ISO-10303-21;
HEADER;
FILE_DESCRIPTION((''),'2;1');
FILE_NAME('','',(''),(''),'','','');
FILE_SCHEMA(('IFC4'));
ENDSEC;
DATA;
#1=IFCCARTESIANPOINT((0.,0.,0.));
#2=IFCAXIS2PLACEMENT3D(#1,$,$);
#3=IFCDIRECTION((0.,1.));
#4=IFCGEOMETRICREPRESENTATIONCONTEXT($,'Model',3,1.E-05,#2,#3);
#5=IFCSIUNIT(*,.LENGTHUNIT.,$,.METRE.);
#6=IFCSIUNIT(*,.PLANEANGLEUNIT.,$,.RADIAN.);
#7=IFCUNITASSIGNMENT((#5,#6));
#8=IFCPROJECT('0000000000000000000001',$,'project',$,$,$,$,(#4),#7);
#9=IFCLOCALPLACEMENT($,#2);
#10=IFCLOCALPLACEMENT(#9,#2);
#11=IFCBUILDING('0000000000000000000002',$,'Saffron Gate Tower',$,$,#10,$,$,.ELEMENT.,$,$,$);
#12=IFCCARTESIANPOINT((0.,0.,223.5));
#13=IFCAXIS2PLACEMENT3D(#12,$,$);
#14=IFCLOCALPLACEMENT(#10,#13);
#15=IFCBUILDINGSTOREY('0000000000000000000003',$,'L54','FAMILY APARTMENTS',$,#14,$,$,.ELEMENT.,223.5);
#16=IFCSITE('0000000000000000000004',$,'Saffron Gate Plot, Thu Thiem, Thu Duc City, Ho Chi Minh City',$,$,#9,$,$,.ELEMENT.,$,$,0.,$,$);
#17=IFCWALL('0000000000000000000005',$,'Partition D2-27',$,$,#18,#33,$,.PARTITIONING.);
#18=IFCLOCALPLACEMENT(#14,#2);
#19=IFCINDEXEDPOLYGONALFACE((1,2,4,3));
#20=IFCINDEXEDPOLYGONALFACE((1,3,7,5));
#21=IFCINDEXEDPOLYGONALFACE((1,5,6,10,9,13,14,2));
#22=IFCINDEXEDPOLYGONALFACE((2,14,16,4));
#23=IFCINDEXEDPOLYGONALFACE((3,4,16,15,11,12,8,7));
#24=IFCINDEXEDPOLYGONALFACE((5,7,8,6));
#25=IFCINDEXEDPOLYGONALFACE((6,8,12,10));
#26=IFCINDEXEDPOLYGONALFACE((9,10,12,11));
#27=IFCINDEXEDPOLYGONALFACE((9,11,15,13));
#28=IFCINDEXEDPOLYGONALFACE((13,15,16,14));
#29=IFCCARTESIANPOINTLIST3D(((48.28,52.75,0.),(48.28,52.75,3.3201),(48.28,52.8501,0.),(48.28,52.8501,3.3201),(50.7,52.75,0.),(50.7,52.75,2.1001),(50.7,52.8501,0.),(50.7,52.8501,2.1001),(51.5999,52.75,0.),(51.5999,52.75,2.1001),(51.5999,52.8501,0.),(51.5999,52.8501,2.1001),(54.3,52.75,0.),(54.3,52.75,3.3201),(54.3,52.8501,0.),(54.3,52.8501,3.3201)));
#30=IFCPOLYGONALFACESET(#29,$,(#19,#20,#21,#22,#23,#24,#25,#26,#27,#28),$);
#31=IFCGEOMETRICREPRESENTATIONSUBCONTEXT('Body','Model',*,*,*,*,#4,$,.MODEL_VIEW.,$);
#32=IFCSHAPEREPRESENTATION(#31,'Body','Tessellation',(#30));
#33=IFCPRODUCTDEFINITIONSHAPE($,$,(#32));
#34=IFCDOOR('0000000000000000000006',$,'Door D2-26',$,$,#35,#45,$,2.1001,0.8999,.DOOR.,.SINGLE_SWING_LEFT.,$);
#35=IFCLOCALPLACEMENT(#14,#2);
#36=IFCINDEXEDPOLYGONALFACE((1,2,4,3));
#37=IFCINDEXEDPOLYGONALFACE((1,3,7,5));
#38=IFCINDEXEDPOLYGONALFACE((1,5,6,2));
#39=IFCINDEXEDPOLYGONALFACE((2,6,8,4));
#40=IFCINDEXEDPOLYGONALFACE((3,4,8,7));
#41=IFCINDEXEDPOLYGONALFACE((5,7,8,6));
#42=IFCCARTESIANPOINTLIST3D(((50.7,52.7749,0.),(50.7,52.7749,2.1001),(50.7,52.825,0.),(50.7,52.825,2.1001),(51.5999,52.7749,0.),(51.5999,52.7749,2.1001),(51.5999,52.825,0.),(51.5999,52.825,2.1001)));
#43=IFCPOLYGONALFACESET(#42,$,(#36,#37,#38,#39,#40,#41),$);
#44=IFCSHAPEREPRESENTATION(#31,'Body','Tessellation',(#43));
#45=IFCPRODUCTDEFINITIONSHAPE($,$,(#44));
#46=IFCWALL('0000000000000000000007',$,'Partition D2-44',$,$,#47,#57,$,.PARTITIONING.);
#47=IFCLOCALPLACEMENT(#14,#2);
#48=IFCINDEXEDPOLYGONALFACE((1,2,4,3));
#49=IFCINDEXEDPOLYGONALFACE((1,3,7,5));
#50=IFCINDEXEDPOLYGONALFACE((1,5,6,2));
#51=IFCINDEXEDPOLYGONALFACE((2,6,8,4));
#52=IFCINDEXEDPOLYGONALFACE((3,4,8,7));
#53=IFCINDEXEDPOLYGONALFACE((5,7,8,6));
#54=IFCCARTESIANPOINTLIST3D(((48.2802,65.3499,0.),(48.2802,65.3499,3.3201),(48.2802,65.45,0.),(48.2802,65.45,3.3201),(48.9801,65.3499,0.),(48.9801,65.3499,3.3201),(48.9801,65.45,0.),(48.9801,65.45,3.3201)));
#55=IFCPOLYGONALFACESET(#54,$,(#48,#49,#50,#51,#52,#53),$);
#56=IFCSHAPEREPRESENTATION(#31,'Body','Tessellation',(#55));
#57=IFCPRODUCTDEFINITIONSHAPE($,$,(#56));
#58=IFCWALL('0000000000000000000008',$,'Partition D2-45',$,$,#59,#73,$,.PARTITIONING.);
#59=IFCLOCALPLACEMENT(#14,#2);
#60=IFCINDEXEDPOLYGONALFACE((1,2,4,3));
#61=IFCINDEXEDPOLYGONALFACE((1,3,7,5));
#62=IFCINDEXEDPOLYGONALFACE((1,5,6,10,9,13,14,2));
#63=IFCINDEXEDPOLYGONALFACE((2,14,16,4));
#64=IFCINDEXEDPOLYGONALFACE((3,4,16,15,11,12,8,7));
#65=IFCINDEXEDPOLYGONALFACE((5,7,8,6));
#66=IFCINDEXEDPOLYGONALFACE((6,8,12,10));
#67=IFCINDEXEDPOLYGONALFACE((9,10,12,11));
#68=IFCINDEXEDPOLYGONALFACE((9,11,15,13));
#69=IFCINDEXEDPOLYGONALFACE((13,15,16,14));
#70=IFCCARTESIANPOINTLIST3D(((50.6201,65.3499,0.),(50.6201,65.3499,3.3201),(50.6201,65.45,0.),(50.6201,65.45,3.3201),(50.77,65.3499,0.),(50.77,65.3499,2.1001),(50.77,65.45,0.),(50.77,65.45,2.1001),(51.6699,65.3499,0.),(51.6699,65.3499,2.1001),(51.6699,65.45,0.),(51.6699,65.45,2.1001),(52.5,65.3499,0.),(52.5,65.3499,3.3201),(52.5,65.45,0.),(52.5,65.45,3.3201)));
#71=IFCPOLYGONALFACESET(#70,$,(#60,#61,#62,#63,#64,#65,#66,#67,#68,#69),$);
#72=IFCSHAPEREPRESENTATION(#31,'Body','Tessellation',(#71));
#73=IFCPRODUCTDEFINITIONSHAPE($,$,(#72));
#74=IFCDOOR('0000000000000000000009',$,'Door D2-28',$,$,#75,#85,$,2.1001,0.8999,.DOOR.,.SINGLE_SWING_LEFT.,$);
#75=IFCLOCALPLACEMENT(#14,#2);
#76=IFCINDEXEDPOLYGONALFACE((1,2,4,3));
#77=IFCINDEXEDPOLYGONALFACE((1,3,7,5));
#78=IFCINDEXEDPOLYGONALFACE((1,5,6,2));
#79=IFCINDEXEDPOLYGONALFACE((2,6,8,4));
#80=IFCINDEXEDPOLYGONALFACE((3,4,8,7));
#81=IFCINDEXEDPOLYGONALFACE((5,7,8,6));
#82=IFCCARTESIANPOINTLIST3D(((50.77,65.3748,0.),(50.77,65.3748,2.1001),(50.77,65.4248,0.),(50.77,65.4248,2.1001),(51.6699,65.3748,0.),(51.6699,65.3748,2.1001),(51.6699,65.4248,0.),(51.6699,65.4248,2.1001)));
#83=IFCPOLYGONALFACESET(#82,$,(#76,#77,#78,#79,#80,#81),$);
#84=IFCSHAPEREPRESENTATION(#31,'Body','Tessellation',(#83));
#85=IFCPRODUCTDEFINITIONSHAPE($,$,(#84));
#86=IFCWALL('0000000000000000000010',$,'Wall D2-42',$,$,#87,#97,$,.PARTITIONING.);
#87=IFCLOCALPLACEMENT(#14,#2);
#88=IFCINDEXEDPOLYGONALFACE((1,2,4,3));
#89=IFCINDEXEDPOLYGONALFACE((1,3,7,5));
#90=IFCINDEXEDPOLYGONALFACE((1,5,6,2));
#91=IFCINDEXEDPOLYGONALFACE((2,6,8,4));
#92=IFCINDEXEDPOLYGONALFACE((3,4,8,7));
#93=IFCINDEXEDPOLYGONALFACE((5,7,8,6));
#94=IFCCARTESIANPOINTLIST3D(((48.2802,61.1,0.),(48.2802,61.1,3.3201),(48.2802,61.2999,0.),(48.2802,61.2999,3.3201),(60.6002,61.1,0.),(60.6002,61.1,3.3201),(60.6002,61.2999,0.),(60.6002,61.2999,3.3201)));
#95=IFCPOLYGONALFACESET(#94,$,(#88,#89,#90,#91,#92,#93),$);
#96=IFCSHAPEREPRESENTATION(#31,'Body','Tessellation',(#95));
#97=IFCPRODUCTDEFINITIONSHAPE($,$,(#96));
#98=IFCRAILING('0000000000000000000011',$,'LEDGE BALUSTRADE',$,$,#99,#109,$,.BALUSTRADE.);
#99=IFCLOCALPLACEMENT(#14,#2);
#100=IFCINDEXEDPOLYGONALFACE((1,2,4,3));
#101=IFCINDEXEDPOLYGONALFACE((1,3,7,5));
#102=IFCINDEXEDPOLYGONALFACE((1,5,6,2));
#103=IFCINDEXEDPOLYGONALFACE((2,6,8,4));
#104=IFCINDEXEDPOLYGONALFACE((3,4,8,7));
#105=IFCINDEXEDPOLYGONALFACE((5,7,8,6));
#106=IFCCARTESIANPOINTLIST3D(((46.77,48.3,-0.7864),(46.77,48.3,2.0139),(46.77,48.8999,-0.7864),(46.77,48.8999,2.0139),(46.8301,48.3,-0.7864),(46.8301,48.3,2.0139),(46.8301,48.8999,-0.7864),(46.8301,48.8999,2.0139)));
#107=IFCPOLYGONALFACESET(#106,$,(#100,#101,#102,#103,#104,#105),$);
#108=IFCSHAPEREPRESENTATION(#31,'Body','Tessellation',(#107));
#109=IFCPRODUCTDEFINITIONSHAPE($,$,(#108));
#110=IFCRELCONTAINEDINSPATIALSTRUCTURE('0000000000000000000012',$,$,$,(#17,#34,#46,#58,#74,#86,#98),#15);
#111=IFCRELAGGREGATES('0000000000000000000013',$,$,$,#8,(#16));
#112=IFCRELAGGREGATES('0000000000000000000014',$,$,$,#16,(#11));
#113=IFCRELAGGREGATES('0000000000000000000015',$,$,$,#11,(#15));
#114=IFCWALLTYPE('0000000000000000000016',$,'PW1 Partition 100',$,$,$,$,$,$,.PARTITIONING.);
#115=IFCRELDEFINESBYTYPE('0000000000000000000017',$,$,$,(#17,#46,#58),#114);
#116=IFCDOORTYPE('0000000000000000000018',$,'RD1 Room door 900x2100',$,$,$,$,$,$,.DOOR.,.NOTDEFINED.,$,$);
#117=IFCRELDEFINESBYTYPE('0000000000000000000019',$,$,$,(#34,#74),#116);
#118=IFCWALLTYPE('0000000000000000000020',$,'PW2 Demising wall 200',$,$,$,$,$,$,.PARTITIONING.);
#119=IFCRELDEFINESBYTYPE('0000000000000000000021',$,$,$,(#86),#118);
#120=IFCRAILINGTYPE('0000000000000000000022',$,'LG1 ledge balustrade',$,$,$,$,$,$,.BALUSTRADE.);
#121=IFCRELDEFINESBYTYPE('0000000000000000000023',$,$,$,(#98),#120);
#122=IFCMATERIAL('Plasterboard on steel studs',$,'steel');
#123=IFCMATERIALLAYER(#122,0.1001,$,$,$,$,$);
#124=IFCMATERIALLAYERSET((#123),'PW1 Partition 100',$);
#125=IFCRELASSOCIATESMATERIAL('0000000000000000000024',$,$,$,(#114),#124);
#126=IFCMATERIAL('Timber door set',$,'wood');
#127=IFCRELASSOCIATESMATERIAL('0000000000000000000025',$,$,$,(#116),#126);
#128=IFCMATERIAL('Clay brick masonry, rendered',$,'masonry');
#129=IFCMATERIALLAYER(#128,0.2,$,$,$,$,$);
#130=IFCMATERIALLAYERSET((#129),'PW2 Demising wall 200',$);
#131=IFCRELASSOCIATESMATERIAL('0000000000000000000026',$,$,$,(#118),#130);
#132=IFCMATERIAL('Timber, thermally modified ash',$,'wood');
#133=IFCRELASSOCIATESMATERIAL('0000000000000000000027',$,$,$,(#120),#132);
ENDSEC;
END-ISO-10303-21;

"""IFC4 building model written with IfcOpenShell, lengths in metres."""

from ifc_helpers import new_model, si_unit, direction, frame, frame_2d, origin, origin_2d, place, context, subcontext, project, spatial, rectangle, extrude, material, layer, layer_set, type_object, element, fill, save


model = new_model("IFC4")

# Units and contexts
model_context = context("Model", 3, precision=1e-05, world=origin(), true_north=direction((0.0, 1.0)))
body_context = subcontext(model_context, "Body", "Model", "MODEL_VIEW")
ifc_project = project(units=[si_unit("LENGTHUNIT", "METRE"), si_unit("PLANEANGLEUNIT", "RADIAN")], contexts=[model_context])

# Site, building, storey
site_placement = place(None, origin())
site = spatial("IfcSite", under=ifc_project, at=site_placement, Name="Saffron Gate Plot, Thu Thiem, Thu Duc City, Ho Chi Minh City", CompositionType="ELEMENT", RefElevation=0.0)
building_placement = place(site_placement, origin())
building = spatial("IfcBuilding", under=site, at=building_placement, Name="Saffron Gate Tower", CompositionType="ELEMENT")
storey_placement = place(building_placement, frame((0.0, 0.0, 223.5)))
storey = spatial("IfcBuildingStorey", under=building, at=storey_placement, Name="L54", Description="FAMILY APARTMENTS", CompositionType="ELEMENT", Elevation=223.5)

# Shared definitions
ifc_material_1 = material(Name="Plasterboard on steel studs", Category="steel")
ifc_layer_1 = layer(ifc_material_1, 0.1001)
ifc_layer_set_1 = layer_set([ifc_layer_1], Name="PW1 Partition 100")
wall_type_1 = type_object("IfcWallType", Name="PW1 Partition 100", PredefinedType="PARTITIONING", material=ifc_layer_set_1)

# Wall, opening, door
wall_1_placement = place(storey_placement, frame((48.28, 52.8, 0.0), z_axis=(0.0, 0.0, 1.0), x_axis=(1.0, 0.0, 0.0)))
wall_1 = element("IfcWall", 1, at=wall_1_placement, inside=storey, type_object=wall_type_1, Name="Partition D2-27", PredefinedType="PARTITIONING", context=body_context, shape_type="SweptSolid", body=[
    extrude(rectangle(XDim=6.02, YDim=0.1001, at=frame_2d((3.01, 0.0))), origin(), (0.0, 0.0, 1.0), 3.3201),
])
opening_1_placement = place(wall_1_placement, frame((2.4199, 0.0, 0.0)))
opening_1 = element("IfcOpeningElement", 2, at=opening_1_placement, cuts=wall_1, PredefinedType="OPENING", context=body_context, shape_type="SweptSolid", body=[
    extrude(rectangle(XDim=0.8999, YDim=2.1001, at=frame_2d((0.45, 1.05))), frame((0.0, 0.0601, 0.0), z_axis=(0.0, -1.0, 0.0), x_axis=(1.0, 0.0, 0.0)), (0.0, 0.0, 1.0), 0.1201),
])
ifc_material_2 = material(Name="Timber door set", Category="wood")
door_type = type_object("IfcDoorType", Name="RD1 Room door 900x2100", OperationType="NOTDEFINED", PredefinedType="DOOR", material=ifc_material_2)
door_1_placement = place(opening_1_placement, origin())
door_1 = element("IfcDoor", 3, at=door_1_placement, inside=storey, type_object=door_type, Name="Door D2-26", OperationType="SINGLE_SWING_LEFT", OverallHeight=2.1001, OverallWidth=0.8999, PredefinedType="DOOR", context=body_context, shape_type="SweptSolid", body=[
    extrude(rectangle(XDim=0.8999, YDim=2.1001, at=frame_2d((0.45, 1.05))), frame((0.0, 0.0249, 0.0), z_axis=(0.0, -1.0, 0.0), x_axis=(1.0, 0.0, 0.0)), (0.0, 0.0, 1.0), 0.05),
])
fill(opening_1, door_1)

# Wall
wall_2_placement = place(storey_placement, frame((48.28, 65.3999, 0.0), z_axis=(0.0, 0.0, 1.0), x_axis=(1.0, 0.0, 0.0)))
element("IfcWall", 4, at=wall_2_placement, inside=storey, type_object=wall_type_1, Name="Partition D2-44", PredefinedType="PARTITIONING", context=body_context, shape_type="SweptSolid", body=[
    extrude(rectangle(XDim=0.7, YDim=0.1001, at=frame_2d((0.3501, 0.0))), origin(), (0.0, 0.0, 1.0), 3.3201),
])

# Wall, opening, door
wall_3_placement = place(storey_placement, frame((50.6201, 65.3999, 0.0), z_axis=(0.0, 0.0, 1.0), x_axis=(1.0, 0.0, 0.0)))
wall_3 = element("IfcWall", 5, at=wall_3_placement, inside=storey, type_object=wall_type_1, Name="Partition D2-45", PredefinedType="PARTITIONING", context=body_context, shape_type="SweptSolid", body=[
    extrude(rectangle(XDim=1.8799, YDim=0.1001, at=frame_2d((0.9399, 0.0))), origin(), (0.0, 0.0, 1.0), 3.3201),
])
opening_2_placement = place(wall_3_placement, frame((0.1499, 0.0, 0.0)))
opening_2 = element("IfcOpeningElement", 6, at=opening_2_placement, cuts=wall_3, PredefinedType="OPENING", context=body_context, shape_type="SweptSolid", body=[
    extrude(rectangle(XDim=0.8999, YDim=2.1001, at=frame_2d((0.45, 1.05))), frame((0.0, 0.0601, 0.0), z_axis=(0.0, -1.0, 0.0), x_axis=(1.0, 0.0, 0.0)), (0.0, 0.0, 1.0), 0.1201),
])
door_2_placement = place(opening_2_placement, origin())
door_2 = element("IfcDoor", 7, at=door_2_placement, inside=storey, type_object=door_type, Name="Door D2-28", OperationType="SINGLE_SWING_LEFT", OverallHeight=2.1001, OverallWidth=0.8999, PredefinedType="DOOR", context=body_context, shape_type="SweptSolid", body=[
    extrude(rectangle(XDim=0.8999, YDim=2.1001, at=frame_2d((0.45, 1.05))), frame((0.0, 0.0249, 0.0), z_axis=(0.0, -1.0, 0.0), x_axis=(1.0, 0.0, 0.0)), (0.0, 0.0, 1.0), 0.05),
])
fill(opening_2, door_2)

# Wall
ifc_material_3 = material(Name="Clay brick masonry, rendered", Category="masonry")
ifc_layer_2 = layer(ifc_material_3, 0.2)
ifc_layer_set_2 = layer_set([ifc_layer_2], Name="PW2 Demising wall 200")
wall_type_2 = type_object("IfcWallType", Name="PW2 Demising wall 200", PredefinedType="PARTITIONING", material=ifc_layer_set_2)
wall_4_placement = place(storey_placement, frame((48.28, 61.2, 0.0), z_axis=(0.0, 0.0, 1.0), x_axis=(1.0, 0.0, 0.0)))
element("IfcWall", 8, at=wall_4_placement, inside=storey, type_object=wall_type_2, Name="Wall D2-42", PredefinedType="PARTITIONING", context=body_context, shape_type="SweptSolid", body=[
    extrude(rectangle(XDim=12.3201, YDim=0.2, at=frame_2d((6.1602, 0.0))), origin(), (0.0, 0.0, 1.0), 3.3201),
])

# Railing
ifc_material_4 = material(Name="Timber, thermally modified ash", Category="wood")
railing_type = type_object("IfcRailingType", Name="LG1 ledge balustrade", PredefinedType="BALUSTRADE", material=ifc_material_4)
railing_placement = place(storey_placement, frame((46.8, 48.8999, -0.7864)))
element("IfcRailing", 9, at=railing_placement, inside=storey, type_object=railing_type, Name="LEDGE BALUSTRADE", PredefinedType="BALUSTRADE", context=body_context, shape_type="SweptSolid", body=[
    extrude(rectangle(XDim=0.0601, YDim=2.8003, at=origin_2d()), frame((0.0, 0.0, 1.4001), z_axis=(0.0, -1.0, 0.0), x_axis=(1.0, 0.0, 0.0)), (0.0, 0.0, 1.0), 0.5999),
])

save(model, "model.ifc")
